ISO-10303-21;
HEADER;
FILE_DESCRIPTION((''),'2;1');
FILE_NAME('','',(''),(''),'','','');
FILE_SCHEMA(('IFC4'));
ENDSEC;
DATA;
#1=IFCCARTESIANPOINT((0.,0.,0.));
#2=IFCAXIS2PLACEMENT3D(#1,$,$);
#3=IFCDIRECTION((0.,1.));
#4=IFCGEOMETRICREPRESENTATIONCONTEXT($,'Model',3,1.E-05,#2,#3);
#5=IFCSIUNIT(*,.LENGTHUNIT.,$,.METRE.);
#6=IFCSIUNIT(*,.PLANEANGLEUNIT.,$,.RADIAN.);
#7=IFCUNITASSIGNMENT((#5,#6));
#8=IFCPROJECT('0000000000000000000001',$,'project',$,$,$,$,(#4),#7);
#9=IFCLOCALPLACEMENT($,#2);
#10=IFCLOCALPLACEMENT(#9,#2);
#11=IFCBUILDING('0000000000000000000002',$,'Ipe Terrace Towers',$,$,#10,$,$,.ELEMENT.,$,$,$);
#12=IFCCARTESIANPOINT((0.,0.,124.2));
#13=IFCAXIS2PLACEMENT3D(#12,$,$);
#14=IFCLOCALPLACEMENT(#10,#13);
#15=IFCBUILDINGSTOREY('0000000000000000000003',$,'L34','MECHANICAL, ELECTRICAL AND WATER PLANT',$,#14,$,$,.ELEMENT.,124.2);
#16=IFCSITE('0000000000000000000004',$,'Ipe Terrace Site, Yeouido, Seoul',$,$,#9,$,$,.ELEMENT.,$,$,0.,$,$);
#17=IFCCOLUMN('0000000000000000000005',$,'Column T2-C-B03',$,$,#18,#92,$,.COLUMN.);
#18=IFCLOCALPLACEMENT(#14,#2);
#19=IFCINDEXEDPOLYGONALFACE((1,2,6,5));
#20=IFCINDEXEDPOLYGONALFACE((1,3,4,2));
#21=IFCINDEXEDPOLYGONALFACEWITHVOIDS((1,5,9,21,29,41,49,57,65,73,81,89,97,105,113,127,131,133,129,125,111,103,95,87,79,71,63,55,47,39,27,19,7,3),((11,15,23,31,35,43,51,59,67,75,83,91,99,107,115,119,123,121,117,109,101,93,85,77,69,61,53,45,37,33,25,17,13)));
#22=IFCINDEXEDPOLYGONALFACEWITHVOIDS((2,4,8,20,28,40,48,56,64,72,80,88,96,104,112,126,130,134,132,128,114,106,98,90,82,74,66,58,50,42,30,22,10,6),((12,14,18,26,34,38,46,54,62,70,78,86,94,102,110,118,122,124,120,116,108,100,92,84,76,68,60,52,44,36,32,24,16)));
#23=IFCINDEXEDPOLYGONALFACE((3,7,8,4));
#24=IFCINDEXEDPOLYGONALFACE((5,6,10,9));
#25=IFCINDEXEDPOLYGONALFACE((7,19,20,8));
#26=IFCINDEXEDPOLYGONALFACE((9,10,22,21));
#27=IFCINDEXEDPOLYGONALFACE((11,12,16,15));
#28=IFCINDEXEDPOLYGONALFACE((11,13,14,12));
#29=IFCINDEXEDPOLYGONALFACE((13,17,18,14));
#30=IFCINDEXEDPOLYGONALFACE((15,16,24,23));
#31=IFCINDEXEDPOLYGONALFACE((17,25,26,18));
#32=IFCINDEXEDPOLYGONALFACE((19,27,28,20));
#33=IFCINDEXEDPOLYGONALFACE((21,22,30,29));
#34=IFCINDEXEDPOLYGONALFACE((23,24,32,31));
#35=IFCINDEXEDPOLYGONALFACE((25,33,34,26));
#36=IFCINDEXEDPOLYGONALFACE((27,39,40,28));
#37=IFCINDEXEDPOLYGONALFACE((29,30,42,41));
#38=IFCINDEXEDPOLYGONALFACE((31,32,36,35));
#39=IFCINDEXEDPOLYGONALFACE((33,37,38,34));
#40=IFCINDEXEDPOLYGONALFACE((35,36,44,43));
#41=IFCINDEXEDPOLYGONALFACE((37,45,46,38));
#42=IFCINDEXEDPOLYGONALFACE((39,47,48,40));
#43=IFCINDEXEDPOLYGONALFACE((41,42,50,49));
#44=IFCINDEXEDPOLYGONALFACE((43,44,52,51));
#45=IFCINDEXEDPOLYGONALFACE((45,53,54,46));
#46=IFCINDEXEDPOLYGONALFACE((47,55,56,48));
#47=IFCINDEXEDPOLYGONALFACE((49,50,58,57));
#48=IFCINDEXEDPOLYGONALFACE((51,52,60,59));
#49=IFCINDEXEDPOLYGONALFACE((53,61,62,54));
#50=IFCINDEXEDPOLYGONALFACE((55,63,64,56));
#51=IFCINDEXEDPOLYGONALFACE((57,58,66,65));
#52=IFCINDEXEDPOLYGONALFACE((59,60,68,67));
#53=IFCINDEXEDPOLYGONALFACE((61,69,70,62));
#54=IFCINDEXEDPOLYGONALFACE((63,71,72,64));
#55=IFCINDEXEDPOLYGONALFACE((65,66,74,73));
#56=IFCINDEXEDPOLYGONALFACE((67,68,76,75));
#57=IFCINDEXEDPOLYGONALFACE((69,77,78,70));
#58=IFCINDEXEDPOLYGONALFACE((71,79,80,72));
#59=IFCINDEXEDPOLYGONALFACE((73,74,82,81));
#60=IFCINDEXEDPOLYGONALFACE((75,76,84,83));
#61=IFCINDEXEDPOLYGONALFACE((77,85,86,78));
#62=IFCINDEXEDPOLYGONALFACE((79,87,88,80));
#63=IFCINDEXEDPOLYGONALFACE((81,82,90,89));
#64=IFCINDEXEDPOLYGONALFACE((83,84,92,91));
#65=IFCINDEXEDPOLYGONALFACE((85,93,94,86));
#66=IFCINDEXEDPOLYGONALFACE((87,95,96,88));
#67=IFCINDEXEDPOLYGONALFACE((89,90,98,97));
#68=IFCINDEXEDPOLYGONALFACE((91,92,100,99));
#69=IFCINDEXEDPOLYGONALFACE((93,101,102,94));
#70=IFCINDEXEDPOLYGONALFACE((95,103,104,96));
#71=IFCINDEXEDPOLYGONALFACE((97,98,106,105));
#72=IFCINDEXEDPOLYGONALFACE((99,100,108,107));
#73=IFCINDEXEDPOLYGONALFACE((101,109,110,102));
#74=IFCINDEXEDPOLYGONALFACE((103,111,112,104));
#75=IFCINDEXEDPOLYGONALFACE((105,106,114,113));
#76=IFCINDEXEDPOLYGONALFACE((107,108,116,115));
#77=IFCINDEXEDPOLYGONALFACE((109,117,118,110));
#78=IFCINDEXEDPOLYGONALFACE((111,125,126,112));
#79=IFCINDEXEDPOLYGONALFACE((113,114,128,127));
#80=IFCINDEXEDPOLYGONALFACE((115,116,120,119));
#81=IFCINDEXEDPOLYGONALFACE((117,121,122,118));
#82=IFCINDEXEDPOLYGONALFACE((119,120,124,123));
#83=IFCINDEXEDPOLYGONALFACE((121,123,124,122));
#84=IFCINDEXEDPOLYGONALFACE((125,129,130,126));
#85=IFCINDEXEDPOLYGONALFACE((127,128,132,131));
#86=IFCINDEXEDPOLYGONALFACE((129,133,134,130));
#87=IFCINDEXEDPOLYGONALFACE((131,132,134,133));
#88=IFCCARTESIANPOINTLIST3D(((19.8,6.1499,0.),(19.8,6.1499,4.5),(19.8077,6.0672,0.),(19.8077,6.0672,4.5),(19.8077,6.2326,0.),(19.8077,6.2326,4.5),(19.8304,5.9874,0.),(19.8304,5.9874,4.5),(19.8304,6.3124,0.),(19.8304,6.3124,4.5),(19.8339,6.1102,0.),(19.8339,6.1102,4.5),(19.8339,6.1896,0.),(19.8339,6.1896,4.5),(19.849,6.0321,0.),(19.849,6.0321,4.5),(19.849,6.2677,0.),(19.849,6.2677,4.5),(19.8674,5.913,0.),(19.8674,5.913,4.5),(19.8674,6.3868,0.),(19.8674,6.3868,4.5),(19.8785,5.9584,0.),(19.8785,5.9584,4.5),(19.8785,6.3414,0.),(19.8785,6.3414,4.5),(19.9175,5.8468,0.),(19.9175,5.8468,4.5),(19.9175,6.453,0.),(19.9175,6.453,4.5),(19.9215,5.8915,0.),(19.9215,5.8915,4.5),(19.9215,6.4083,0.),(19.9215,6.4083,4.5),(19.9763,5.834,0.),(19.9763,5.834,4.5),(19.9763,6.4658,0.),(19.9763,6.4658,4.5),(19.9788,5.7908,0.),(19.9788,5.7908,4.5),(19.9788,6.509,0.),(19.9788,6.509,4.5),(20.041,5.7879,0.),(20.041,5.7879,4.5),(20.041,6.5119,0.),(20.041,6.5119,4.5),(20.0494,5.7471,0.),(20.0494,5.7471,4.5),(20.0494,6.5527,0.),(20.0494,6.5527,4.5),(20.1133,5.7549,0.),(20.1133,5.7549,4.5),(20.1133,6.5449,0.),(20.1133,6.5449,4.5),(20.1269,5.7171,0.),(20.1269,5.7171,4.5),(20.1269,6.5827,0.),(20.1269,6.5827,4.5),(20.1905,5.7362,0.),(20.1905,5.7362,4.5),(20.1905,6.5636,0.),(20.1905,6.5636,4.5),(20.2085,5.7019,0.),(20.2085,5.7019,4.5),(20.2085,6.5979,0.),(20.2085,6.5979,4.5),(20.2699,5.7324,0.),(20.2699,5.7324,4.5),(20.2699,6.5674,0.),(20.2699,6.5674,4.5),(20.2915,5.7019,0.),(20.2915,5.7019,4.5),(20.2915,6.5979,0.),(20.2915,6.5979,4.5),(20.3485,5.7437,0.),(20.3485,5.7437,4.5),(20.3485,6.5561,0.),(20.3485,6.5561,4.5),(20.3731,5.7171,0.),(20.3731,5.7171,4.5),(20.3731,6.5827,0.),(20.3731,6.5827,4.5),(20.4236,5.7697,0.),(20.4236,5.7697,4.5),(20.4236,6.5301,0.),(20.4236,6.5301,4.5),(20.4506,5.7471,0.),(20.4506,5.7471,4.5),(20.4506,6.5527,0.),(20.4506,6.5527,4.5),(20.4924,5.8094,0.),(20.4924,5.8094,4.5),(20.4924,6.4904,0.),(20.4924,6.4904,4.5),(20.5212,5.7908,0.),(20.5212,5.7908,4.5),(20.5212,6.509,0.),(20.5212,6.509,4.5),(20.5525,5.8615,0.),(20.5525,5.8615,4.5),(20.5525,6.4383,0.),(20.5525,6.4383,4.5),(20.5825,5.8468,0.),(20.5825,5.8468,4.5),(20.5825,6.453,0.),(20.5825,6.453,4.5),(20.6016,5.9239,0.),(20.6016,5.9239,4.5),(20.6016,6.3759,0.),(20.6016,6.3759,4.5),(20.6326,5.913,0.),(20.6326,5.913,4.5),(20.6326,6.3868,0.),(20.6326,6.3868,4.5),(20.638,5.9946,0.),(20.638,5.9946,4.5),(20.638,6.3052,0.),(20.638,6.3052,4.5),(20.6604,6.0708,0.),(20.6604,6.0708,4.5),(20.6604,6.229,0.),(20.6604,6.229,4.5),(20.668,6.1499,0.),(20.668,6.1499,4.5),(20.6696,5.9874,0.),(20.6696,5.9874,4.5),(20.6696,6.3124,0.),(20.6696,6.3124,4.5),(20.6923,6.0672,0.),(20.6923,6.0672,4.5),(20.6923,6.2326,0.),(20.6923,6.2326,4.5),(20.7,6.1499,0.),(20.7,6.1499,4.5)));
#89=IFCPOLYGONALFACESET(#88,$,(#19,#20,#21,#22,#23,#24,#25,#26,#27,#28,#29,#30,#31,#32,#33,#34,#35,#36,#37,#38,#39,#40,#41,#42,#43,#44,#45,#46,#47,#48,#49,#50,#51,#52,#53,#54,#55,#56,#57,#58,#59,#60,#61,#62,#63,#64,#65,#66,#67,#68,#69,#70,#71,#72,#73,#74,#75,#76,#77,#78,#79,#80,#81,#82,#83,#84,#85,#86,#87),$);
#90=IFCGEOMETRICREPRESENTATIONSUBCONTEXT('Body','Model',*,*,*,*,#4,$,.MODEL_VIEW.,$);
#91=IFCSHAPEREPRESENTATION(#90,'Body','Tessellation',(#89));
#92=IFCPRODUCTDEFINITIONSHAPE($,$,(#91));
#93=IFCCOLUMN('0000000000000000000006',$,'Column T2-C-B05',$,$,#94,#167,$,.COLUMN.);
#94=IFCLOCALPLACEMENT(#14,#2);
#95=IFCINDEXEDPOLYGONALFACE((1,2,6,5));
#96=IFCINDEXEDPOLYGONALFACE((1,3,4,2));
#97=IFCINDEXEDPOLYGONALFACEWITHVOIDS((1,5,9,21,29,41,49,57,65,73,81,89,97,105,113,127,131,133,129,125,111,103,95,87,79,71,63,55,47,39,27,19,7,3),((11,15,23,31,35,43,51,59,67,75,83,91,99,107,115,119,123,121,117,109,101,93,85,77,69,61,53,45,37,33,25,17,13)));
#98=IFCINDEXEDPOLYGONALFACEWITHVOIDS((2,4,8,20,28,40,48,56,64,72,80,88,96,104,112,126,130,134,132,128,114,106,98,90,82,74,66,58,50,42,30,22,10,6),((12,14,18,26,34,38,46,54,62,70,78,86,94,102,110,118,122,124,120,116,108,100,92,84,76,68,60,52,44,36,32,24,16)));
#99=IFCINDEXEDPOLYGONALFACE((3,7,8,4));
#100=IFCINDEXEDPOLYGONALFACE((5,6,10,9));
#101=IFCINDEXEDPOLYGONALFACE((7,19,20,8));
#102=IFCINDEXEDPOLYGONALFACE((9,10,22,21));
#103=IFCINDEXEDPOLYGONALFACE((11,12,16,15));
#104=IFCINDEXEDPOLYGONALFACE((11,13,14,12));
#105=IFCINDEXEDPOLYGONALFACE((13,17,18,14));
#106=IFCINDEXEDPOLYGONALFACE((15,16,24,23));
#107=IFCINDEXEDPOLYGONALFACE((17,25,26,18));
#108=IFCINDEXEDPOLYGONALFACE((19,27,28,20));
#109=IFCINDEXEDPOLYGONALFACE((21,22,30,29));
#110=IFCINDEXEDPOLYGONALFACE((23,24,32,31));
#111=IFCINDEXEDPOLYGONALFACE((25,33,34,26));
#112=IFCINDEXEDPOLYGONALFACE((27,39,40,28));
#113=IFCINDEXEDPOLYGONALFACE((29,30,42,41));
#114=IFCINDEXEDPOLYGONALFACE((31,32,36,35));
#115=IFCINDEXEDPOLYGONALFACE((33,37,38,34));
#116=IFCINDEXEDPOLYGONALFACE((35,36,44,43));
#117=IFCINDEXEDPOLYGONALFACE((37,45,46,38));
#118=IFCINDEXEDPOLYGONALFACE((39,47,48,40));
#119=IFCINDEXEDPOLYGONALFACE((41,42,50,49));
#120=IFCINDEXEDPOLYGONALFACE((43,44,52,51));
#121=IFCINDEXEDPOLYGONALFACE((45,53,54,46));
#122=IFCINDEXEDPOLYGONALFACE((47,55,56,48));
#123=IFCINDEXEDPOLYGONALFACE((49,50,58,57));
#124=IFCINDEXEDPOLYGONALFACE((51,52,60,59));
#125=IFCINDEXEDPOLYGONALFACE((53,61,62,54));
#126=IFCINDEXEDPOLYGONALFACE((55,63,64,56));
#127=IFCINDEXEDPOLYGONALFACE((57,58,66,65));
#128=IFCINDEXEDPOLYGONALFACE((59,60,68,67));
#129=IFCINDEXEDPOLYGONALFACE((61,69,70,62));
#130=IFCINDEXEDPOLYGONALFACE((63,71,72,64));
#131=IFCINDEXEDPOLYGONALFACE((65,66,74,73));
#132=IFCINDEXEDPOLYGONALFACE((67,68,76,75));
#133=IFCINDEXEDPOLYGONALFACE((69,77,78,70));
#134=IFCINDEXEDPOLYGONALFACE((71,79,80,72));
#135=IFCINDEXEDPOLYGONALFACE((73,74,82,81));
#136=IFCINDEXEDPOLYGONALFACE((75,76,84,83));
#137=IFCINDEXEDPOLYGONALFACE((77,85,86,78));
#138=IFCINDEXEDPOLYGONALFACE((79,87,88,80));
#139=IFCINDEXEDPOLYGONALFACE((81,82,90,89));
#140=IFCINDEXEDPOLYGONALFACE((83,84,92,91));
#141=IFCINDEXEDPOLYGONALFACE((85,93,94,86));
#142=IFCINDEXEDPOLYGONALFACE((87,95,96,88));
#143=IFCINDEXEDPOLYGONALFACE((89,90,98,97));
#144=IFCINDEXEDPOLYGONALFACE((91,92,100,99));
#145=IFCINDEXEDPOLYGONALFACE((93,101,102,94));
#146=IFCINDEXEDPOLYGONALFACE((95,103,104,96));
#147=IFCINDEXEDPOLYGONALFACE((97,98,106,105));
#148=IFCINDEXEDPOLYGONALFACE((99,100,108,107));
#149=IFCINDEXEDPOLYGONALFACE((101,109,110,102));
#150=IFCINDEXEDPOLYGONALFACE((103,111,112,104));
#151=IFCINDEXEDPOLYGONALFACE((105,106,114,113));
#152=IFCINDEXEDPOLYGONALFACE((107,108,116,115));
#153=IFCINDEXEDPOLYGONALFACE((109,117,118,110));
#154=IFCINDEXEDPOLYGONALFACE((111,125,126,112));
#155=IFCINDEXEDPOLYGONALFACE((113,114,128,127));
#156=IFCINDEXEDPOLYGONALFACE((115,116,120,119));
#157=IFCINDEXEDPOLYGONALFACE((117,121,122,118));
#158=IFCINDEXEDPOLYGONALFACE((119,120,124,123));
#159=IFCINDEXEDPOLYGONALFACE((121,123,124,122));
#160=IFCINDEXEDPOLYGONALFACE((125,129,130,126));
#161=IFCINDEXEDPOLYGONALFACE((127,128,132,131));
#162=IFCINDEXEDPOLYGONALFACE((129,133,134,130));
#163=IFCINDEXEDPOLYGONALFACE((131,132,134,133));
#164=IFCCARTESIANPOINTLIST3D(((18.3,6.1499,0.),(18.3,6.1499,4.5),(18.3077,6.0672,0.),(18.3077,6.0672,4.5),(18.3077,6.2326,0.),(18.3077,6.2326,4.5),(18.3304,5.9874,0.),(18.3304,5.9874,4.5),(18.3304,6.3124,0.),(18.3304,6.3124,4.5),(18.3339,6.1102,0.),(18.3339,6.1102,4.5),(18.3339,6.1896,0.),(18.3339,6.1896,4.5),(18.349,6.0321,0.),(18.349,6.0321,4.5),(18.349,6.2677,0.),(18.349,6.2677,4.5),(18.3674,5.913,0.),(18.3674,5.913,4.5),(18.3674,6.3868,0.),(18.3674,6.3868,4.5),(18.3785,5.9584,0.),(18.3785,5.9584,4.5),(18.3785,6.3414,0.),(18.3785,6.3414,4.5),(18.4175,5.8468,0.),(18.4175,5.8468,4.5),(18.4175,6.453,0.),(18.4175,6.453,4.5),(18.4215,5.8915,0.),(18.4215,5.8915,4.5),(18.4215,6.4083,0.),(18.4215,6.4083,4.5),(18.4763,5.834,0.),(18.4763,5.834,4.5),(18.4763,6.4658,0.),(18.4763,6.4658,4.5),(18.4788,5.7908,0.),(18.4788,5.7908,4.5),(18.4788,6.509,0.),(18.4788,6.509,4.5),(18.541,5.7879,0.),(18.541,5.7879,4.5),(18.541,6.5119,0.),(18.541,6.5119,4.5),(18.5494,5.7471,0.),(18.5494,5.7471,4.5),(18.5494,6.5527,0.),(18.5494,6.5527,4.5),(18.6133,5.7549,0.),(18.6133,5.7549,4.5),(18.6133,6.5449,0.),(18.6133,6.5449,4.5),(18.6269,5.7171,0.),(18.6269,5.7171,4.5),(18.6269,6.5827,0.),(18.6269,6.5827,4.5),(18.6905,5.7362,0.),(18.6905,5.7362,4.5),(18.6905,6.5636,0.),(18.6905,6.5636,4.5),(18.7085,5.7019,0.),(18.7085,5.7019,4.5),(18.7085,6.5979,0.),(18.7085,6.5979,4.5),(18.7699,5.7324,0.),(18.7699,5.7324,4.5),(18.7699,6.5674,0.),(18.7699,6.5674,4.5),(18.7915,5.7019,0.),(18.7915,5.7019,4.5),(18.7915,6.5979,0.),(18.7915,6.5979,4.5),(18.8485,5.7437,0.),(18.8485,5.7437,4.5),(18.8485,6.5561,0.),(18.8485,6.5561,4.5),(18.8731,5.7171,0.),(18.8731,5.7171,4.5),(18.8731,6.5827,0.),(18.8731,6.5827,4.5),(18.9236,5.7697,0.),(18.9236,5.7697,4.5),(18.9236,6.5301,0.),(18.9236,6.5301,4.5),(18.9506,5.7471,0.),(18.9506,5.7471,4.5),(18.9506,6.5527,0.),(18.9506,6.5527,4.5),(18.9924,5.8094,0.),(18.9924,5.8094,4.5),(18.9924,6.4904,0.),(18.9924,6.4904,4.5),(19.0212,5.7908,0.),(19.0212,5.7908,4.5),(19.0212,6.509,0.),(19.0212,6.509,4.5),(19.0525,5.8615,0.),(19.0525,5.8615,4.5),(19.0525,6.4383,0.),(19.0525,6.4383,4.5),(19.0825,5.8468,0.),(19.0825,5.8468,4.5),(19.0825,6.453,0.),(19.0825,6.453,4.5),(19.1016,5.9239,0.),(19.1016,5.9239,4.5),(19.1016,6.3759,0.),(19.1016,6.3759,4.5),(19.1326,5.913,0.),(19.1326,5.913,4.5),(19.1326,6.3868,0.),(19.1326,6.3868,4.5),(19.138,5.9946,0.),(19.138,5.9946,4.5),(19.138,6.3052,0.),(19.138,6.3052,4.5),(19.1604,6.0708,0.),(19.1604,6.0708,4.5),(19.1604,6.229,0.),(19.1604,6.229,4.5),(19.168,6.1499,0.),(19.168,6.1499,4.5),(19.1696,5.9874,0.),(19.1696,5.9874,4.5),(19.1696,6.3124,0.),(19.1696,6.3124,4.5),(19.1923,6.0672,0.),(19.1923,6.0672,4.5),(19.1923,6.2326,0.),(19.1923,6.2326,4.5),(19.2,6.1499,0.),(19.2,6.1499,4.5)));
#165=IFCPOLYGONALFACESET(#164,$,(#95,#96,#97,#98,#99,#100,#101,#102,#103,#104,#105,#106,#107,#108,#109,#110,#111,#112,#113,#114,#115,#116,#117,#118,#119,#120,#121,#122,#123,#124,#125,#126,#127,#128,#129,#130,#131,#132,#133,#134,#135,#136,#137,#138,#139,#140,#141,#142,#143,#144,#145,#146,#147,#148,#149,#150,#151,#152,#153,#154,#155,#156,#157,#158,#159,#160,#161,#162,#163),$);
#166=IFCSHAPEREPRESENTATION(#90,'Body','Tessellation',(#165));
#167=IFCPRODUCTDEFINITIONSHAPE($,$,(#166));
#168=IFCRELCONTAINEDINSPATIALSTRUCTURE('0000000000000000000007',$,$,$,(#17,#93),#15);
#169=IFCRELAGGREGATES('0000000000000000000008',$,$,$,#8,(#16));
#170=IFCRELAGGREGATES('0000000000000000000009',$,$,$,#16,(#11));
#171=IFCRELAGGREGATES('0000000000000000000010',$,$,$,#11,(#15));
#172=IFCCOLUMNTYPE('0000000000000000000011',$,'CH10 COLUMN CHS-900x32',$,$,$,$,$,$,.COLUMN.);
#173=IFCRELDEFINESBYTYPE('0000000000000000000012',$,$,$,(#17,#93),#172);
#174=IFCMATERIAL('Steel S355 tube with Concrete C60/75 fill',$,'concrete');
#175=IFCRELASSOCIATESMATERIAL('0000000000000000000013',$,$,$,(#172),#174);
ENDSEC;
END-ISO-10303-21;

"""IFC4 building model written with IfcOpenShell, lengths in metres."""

from ifc_helpers import new_model, si_unit, direction, frame, origin, origin_2d, place, context, subcontext, project, spatial, hollow_circle, extrude, material, material_profile, profile_set, type_object, element, save


model = new_model("IFC4")

# Units and contexts
model_context = context("Model", 3, precision=1e-05, world=origin(), true_north=direction((0.0, 1.0)))
body_context = subcontext(model_context, "Body", "Model", "MODEL_VIEW")
ifc_project = project(units=[si_unit("LENGTHUNIT", "METRE"), si_unit("PLANEANGLEUNIT", "RADIAN")], contexts=[model_context])

# Site, building, storey
site_placement = place(None, origin())
site = spatial("IfcSite", under=ifc_project, at=site_placement, Name="Ipe Terrace Site, Yeouido, Seoul", CompositionType="ELEMENT", RefElevation=0.0)
building_placement = place(site_placement, origin())
building = spatial("IfcBuilding", under=site, at=building_placement, Name="Ipe Terrace Towers", CompositionType="ELEMENT")
storey_placement = place(building_placement, frame((0.0, 0.0, 124.2)))
storey = spatial("IfcBuildingStorey", under=building, at=storey_placement, Name="L34", Description="MECHANICAL, ELECTRICAL AND WATER PLANT", CompositionType="ELEMENT", Elevation=124.2)

# Columns
ifc_material_1 = material(Name="Steel S355 tube with Concrete C60/75 fill", Category="concrete")
ifc_material_profile_1 = material_profile(ifc_material_1, hollow_circle(Radius=0.45, WallThickness=0.032, at=origin_2d()), Name="CHS-900x32")
ifc_profile_set_1 = profile_set([ifc_material_profile_1], Name="Steel S355 tube with Concrete C60/75 fill")
column_type = type_object("IfcColumnType", Name="CH10 COLUMN CHS-900x32", PredefinedType="COLUMN", material=ifc_profile_set_1)
for number, where, z_axis, x_axis, name in (
    (1, (20.25, 6.1499, 0.0), (0.0, 0.0, 1.0), (1.0, 0.0, 0.0), "Column T2-C-B03"),
    (2, (18.75, 6.1499, 0.0), (0.0, 0.0, 1.0), (1.0, 0.0, 0.0), "Column T2-C-B05"),
):
    element("IfcColumn", number, at=place(storey_placement, frame(where, z_axis=z_axis, x_axis=x_axis)), inside=storey, type_object=column_type, Name=name, PredefinedType="COLUMN", context=body_context, shape_type="SweptSolid", body=[
        extrude(hollow_circle(Radius=0.45, WallThickness=0.032, at=origin_2d()), origin(), (0.0, 0.0, 1.0), 4.5),
    ])

save(model, "model.ifc")
